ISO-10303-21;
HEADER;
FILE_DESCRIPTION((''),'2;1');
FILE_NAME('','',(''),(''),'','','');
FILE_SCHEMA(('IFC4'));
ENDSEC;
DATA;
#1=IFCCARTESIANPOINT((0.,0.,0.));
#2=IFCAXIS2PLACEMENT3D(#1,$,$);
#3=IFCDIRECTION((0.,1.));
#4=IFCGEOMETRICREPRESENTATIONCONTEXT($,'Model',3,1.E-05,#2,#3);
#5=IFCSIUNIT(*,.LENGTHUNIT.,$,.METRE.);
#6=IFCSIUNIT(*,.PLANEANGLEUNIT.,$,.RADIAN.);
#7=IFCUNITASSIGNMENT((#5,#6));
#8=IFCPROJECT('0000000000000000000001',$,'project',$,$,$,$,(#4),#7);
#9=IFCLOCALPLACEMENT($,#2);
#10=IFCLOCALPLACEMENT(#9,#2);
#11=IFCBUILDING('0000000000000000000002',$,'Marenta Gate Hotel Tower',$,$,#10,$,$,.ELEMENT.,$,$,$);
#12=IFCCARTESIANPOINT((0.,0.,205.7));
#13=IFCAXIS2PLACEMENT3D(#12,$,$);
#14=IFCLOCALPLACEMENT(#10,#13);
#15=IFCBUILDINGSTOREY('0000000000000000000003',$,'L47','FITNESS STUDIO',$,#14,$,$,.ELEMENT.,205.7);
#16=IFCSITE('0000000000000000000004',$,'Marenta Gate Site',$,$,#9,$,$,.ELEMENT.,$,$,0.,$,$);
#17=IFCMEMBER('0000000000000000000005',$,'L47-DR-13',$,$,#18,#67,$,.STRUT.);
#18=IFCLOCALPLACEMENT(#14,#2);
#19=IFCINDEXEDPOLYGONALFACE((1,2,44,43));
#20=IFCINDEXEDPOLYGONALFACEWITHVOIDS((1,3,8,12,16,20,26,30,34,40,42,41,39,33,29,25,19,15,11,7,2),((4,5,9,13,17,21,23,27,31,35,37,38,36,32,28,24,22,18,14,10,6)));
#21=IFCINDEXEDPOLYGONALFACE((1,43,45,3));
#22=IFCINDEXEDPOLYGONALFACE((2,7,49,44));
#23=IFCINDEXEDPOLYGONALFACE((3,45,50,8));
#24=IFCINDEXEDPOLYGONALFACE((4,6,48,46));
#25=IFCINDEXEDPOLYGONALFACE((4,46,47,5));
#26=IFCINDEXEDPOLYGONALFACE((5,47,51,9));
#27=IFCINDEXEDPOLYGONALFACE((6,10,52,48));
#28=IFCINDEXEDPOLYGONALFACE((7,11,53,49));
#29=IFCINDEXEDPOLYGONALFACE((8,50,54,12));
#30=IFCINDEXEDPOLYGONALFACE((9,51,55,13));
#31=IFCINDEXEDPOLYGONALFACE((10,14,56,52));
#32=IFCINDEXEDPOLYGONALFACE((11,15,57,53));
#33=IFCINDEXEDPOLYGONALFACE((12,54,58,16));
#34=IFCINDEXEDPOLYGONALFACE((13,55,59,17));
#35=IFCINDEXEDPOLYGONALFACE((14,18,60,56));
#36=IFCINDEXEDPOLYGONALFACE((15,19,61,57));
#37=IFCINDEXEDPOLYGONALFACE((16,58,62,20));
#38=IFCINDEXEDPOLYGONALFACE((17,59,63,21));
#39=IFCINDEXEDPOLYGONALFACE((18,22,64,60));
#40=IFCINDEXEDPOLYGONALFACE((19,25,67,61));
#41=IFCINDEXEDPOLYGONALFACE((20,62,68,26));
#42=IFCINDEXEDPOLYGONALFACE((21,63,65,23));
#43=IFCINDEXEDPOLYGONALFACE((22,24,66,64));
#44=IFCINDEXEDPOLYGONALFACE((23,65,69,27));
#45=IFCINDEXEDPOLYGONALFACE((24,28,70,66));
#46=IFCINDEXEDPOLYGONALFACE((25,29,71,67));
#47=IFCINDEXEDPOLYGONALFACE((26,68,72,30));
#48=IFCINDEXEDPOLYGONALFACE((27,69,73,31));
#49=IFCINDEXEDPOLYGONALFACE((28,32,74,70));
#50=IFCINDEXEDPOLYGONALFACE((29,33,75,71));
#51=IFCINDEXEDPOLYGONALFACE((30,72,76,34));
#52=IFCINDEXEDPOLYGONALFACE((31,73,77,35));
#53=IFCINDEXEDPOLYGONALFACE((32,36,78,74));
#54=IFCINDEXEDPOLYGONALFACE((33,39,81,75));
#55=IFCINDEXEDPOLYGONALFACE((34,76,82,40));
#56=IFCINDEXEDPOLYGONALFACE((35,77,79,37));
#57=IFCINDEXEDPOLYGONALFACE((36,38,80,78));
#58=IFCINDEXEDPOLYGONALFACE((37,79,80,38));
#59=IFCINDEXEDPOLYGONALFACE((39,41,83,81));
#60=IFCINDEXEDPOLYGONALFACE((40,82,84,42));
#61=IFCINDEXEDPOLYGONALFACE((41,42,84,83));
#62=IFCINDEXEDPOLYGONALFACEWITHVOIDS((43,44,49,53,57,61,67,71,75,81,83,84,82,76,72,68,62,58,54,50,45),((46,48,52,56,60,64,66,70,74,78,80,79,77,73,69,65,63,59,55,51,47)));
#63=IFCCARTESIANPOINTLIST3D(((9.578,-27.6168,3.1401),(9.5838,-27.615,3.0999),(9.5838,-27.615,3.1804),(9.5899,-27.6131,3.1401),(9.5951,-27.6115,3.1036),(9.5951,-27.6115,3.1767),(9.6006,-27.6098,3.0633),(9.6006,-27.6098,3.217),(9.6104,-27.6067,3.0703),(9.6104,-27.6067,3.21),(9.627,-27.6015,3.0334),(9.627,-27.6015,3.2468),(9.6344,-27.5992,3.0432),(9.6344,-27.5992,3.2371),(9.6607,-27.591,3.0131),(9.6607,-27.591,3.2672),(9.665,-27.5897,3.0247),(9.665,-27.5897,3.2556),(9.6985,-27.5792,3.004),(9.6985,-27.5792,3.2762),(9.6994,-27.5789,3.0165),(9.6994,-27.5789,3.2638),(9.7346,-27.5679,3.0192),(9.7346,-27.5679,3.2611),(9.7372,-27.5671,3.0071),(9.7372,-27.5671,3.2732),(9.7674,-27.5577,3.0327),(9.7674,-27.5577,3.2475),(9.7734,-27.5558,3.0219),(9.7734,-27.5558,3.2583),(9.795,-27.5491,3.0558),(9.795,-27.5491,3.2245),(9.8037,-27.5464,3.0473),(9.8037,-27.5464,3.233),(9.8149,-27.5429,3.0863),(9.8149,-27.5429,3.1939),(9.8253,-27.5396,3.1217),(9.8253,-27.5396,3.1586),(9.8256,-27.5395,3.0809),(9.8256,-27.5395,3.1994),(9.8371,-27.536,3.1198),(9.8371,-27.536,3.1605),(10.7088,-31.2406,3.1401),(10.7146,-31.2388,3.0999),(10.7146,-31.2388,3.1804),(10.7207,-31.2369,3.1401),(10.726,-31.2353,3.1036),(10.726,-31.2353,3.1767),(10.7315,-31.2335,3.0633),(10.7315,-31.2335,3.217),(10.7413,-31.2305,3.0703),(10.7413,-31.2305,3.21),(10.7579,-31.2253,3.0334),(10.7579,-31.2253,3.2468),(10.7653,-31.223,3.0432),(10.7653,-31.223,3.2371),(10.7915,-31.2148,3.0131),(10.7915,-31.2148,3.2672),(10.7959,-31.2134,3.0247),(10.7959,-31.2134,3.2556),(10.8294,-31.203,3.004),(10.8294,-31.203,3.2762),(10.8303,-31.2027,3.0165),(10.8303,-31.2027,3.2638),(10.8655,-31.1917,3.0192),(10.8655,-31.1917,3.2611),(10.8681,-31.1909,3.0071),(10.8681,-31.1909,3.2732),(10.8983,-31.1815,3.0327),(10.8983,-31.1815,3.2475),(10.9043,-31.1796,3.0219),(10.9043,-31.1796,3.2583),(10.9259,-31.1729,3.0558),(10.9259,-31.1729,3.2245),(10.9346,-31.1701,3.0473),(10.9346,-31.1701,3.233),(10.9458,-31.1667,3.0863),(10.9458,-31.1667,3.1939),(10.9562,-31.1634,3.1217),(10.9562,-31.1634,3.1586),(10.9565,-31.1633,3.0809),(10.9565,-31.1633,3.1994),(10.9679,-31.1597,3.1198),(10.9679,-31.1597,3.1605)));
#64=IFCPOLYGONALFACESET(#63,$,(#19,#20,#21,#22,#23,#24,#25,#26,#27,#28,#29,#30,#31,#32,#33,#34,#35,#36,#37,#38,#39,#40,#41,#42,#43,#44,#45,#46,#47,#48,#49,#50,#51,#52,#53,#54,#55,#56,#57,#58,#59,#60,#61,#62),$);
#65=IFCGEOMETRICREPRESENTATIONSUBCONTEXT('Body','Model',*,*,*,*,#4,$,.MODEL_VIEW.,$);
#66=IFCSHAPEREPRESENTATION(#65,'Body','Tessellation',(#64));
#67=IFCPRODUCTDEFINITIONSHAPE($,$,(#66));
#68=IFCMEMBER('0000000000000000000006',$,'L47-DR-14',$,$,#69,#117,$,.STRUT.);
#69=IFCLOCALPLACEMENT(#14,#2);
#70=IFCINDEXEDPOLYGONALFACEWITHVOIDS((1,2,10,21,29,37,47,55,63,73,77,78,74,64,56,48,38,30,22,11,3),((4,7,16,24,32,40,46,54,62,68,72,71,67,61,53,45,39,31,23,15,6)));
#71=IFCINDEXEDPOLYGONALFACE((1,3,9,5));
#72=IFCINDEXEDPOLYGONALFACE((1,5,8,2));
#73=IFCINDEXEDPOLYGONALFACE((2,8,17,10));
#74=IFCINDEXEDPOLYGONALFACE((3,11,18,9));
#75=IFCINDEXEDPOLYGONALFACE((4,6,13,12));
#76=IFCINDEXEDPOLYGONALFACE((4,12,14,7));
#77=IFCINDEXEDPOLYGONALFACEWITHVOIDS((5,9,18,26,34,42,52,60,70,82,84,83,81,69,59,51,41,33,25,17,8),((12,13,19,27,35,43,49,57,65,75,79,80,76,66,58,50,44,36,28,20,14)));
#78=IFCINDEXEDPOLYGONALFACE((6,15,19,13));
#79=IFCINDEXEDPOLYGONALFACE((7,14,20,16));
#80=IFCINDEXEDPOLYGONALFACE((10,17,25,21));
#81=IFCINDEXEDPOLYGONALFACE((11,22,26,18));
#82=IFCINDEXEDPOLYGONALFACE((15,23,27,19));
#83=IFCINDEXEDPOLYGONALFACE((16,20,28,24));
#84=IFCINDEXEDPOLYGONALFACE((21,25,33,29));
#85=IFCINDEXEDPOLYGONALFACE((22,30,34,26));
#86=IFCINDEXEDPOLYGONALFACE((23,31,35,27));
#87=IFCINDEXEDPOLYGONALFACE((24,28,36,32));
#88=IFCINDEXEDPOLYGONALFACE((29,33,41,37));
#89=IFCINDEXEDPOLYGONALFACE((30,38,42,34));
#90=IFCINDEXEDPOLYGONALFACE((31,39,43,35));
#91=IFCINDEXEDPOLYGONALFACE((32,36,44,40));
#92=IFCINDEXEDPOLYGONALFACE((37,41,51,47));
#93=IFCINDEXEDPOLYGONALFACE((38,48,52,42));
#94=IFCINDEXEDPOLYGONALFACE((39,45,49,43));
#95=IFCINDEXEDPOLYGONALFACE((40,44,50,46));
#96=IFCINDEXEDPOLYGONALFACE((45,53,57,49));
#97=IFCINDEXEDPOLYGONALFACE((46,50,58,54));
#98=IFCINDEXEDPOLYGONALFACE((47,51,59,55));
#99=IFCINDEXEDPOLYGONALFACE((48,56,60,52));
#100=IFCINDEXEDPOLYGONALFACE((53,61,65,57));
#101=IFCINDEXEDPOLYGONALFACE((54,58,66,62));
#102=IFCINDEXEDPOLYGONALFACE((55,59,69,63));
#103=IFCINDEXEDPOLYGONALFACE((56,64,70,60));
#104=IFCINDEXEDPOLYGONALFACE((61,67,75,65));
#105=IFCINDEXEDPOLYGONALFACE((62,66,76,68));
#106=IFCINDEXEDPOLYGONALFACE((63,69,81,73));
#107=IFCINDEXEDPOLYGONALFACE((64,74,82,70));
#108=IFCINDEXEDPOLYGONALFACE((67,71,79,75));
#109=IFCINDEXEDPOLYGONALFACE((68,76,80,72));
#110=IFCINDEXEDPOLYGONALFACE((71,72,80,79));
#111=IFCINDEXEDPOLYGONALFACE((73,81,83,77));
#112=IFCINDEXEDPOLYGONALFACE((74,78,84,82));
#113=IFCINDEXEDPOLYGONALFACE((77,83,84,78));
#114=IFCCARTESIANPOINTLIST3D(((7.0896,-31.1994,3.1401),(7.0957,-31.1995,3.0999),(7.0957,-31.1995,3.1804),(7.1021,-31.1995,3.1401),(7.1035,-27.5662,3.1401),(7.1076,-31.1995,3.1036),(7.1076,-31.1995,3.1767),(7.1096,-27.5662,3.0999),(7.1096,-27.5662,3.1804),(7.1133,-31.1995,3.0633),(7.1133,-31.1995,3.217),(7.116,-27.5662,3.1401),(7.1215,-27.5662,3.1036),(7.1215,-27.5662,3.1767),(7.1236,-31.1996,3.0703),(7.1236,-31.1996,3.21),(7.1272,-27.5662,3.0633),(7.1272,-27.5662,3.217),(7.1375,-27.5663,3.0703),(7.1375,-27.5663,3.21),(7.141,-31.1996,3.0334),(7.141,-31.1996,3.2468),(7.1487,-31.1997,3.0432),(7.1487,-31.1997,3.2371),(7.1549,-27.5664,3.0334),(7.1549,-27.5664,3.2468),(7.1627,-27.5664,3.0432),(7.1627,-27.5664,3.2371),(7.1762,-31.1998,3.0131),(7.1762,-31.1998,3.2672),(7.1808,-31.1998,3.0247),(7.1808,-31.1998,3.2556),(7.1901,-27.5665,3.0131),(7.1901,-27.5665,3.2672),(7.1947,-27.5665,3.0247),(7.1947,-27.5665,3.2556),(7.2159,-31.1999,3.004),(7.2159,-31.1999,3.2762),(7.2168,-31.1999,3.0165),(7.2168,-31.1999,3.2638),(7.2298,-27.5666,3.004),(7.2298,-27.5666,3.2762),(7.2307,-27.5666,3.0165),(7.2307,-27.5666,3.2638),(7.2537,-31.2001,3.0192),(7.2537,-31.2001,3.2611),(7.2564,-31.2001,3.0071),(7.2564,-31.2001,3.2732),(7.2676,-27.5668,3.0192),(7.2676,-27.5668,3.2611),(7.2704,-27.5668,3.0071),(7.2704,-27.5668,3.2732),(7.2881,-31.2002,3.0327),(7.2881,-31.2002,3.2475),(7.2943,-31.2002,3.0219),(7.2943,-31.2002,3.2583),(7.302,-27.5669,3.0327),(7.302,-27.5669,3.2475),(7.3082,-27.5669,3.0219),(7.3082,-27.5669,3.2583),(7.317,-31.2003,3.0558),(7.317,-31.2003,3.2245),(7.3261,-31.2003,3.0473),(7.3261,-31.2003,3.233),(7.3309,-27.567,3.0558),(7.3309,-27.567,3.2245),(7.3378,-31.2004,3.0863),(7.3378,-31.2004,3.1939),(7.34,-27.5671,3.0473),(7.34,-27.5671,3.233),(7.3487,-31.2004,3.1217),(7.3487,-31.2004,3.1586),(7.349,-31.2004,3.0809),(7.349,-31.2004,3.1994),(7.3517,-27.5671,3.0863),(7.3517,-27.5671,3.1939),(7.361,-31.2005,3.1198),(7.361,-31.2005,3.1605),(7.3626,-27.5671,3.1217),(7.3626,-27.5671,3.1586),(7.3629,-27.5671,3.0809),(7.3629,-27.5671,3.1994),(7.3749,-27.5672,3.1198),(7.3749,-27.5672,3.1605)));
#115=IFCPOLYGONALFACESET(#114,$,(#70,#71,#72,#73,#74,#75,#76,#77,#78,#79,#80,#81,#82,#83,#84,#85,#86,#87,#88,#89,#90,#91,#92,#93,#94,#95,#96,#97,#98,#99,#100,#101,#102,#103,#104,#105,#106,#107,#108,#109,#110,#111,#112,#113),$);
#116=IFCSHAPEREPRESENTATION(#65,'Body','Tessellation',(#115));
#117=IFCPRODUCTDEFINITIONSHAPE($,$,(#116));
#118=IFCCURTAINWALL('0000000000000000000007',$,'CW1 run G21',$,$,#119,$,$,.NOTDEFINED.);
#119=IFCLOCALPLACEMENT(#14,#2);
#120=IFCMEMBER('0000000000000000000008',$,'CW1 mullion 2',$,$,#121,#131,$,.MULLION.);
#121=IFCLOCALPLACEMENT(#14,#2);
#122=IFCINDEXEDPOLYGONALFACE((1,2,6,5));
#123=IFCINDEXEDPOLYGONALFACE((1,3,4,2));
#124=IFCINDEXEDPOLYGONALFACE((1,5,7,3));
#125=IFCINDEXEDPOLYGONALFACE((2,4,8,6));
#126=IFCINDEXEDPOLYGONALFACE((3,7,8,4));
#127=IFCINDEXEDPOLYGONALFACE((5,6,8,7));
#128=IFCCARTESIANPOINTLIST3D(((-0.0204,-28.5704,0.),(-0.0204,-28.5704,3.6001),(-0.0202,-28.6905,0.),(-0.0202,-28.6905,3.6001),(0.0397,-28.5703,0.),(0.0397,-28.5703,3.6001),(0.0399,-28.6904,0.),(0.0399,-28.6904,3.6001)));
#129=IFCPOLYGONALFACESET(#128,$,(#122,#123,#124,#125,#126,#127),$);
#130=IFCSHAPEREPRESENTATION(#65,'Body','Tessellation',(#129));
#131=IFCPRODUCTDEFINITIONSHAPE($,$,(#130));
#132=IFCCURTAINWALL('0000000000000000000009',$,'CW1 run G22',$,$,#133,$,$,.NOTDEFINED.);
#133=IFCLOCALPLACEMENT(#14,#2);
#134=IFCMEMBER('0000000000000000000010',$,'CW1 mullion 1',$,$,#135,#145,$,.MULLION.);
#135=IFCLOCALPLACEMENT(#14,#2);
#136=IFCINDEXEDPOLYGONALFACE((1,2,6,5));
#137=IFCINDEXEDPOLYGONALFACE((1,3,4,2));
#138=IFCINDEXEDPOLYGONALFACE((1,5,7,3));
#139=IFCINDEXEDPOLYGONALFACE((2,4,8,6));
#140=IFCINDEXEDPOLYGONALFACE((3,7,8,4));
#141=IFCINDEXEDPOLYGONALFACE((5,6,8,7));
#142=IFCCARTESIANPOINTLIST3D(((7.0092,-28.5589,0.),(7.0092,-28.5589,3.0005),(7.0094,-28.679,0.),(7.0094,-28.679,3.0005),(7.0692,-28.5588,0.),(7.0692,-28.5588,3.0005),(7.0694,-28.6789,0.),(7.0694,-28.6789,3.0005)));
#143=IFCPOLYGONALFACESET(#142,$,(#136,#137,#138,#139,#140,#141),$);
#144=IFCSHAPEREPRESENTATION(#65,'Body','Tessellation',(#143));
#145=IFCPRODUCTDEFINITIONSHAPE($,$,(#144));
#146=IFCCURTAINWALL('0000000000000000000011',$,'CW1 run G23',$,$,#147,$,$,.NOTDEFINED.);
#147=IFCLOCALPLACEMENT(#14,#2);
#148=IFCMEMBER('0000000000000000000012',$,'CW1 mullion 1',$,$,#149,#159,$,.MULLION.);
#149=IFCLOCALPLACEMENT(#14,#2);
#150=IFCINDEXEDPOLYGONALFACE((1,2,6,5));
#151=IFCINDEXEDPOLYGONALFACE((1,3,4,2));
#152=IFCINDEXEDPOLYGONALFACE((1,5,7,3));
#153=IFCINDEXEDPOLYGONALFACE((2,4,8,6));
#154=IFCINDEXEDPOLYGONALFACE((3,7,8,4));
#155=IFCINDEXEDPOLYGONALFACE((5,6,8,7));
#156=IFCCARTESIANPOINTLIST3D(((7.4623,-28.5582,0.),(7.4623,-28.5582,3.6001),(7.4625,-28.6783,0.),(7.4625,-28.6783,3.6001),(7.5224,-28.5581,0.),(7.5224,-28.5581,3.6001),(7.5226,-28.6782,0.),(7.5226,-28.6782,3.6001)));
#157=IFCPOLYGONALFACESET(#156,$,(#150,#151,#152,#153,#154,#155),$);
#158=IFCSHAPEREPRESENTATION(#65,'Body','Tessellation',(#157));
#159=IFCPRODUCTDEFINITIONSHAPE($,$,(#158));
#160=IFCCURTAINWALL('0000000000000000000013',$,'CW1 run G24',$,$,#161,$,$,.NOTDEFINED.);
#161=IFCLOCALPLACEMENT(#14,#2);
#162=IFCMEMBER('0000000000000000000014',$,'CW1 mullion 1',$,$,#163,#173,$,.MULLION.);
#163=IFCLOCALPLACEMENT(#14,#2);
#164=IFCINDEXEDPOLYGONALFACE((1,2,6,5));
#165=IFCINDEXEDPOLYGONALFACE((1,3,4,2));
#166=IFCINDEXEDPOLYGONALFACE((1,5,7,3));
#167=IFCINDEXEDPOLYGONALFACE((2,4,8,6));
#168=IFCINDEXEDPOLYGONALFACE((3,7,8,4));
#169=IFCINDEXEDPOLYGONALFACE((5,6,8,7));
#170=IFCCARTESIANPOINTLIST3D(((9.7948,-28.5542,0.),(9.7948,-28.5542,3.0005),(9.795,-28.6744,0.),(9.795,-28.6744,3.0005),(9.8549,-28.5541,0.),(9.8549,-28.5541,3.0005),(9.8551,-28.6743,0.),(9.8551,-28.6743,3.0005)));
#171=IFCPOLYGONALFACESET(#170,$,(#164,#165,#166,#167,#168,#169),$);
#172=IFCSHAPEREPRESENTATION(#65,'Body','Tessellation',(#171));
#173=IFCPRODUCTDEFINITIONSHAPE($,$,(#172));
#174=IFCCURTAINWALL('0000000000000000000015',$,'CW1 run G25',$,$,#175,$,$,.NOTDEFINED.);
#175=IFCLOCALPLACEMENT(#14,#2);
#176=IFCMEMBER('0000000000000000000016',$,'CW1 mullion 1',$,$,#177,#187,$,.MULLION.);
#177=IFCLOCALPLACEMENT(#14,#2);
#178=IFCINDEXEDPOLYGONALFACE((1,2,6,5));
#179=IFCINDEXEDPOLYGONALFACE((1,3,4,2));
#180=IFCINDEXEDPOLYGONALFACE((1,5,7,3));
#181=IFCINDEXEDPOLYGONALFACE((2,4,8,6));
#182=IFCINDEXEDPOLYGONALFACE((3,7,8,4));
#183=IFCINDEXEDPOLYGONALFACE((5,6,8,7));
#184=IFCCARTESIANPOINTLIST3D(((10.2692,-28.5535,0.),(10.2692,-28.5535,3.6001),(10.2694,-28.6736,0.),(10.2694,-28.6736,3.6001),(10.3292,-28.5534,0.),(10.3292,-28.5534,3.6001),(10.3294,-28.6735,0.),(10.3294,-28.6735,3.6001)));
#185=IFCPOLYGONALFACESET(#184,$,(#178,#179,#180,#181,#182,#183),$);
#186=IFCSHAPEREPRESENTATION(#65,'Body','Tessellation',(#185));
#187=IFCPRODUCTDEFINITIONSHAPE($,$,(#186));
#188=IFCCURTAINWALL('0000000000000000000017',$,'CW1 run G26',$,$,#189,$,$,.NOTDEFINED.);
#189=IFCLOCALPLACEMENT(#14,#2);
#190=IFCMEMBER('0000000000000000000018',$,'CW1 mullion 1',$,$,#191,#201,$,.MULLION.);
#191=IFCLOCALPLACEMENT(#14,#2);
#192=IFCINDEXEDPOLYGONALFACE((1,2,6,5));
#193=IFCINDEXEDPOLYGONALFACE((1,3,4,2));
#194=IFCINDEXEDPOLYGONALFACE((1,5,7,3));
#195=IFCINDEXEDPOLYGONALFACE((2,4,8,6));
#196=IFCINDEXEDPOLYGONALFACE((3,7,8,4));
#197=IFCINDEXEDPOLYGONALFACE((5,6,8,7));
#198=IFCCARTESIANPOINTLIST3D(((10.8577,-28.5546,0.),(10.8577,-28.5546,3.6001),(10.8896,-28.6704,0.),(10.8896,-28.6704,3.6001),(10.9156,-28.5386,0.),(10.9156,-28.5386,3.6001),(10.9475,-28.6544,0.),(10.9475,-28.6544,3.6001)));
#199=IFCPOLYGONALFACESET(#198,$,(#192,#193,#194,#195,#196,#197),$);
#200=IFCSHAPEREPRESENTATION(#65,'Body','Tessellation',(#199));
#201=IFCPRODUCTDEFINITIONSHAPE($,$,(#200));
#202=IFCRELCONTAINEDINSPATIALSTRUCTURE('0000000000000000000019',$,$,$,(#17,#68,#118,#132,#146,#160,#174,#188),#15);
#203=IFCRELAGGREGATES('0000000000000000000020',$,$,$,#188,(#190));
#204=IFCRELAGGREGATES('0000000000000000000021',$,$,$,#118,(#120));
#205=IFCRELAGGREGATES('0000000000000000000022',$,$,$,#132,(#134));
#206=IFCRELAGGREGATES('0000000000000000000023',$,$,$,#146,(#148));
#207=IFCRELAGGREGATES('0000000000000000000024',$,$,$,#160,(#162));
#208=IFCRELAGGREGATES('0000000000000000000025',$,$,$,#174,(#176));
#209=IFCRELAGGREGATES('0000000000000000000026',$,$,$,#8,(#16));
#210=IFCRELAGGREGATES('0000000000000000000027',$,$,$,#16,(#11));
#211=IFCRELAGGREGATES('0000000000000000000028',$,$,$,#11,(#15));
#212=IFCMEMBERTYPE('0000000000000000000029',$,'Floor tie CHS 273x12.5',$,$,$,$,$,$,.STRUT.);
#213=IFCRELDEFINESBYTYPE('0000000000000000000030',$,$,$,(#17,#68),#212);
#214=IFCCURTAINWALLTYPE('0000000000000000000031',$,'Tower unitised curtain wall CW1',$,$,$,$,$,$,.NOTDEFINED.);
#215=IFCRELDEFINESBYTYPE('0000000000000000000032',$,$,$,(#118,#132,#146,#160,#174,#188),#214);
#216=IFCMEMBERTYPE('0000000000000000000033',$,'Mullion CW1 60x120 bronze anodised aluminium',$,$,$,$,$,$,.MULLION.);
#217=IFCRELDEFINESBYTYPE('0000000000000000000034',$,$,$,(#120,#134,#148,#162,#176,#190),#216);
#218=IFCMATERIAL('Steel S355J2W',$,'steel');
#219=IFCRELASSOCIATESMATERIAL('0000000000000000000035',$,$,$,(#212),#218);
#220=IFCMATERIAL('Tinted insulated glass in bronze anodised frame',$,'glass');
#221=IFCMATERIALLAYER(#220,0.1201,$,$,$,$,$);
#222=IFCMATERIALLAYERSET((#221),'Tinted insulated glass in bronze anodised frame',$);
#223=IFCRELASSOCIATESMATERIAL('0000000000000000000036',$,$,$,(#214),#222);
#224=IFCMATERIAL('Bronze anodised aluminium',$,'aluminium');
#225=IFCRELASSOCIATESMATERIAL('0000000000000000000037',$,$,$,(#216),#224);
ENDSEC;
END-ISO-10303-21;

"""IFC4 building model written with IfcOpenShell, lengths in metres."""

from ifc_helpers import new_model, si_unit, direction, frame, origin, origin_2d, place, context, subcontext, project, spatial, rectangle, hollow_circle, extrude, material, layer, layer_set, material_profile, profile_set, type_object, element, aggregate, save


model = new_model("IFC4")

# Units and contexts
model_context = context("Model", 3, precision=1e-05, world=origin(), true_north=direction((0.0, 1.0)))
body_context = subcontext(model_context, "Body", "Model", "MODEL_VIEW")
ifc_project = project(units=[si_unit("LENGTHUNIT", "METRE"), si_unit("PLANEANGLEUNIT", "RADIAN")], contexts=[model_context])

# Site, building, storey
site_placement = place(None, origin())
site = spatial("IfcSite", under=ifc_project, at=site_placement, Name="Marenta Gate Site", CompositionType="ELEMENT", RefElevation=0.0)
building_placement = place(site_placement, origin())
building = spatial("IfcBuilding", under=site, at=building_placement, Name="Marenta Gate Hotel Tower", CompositionType="ELEMENT")
storey_placement = place(building_placement, frame((0.0, 0.0, 205.7)))
storey = spatial("IfcBuildingStorey", under=building, at=storey_placement, Name="L47", Description="FITNESS STUDIO", CompositionType="ELEMENT", Elevation=205.7)

# Members
ifc_material_1 = material(Name="Steel S355J2W", Category="steel")
ifc_material_profile_1 = material_profile(ifc_material_1, hollow_circle(Radius=0.1365, WallThickness=0.0125, at=origin_2d()), Name="CHS 273x12.5")
ifc_profile_set_1 = profile_set([ifc_material_profile_1], Name="Steel S355J2W")
member_type_1 = type_object("IfcMemberType", Name="Floor tie CHS 273x12.5", PredefinedType="STRUT", material=ifc_profile_set_1)
member_1_placement = place(storey_placement, frame((10.8391, -31.2, 3.1401), z_axis=(-0.297898, 0.954598, 0.0), x_axis=(-0.954598, -0.297898, 0.0)))
element("IfcMember", 1, at=member_1_placement, inside=storey, type_object=member_type_1, Name="L47-DR-13", PredefinedType="STRUT", context=body_context, shape_type="SweptSolid", body=[
    extrude(hollow_circle(Radius=0.1365, WallThickness=0.0125, at=origin_2d()), origin(), (0.0, 0.0, 1.0), 3.7961),
])
member_2_placement = place(storey_placement, frame((7.2261, -31.2, 3.1401), z_axis=(0.00383, 0.999993, 0.0), x_axis=(-0.999993, 0.00383, 0.0)))
element("IfcMember", 2, at=member_2_placement, inside=storey, type_object=member_type_1, Name="L47-DR-14", PredefinedType="STRUT", context=body_context, shape_type="SweptSolid", body=[
    extrude(hollow_circle(Radius=0.1365, WallThickness=0.0125, at=origin_2d()), origin(), (0.0, 0.0, 1.0), 3.6333),
])

# Curtain walls, members
ifc_material_2 = material(Name="Tinted insulated glass in bronze anodised frame", Category="glass")
ifc_layer_1 = layer(ifc_material_2, 0.1201)
ifc_layer_set_1 = layer_set([ifc_layer_1], Name="Tinted insulated glass in bronze anodised frame")
curtain_wall_type = type_object("IfcCurtainWallType", Name="Tower unitised curtain wall CW1", PredefinedType="NOTDEFINED", material=ifc_layer_set_1)
curtain_wall_1_placement = place(storey_placement, origin())
curtain_wall_1 = element("IfcCurtainWall", 3, at=curtain_wall_1_placement, inside=storey, type_object=curtain_wall_type, Name="CW1 run G21", PredefinedType="NOTDEFINED")
ifc_material_3 = material(Name="Bronze anodised aluminium", Category="aluminium")
ifc_material_profile_2 = material_profile(ifc_material_3, rectangle(XDim=0.1201, YDim=0.0601, at=origin_2d()), Name="Mullion CW1 60x120 bronze anodised aluminium")
ifc_profile_set_2 = profile_set([ifc_material_profile_2], Name="Bronze anodised aluminium")
member_type_2 = type_object("IfcMemberType", Name="Mullion CW1 60x120 bronze anodised aluminium", PredefinedType="MULLION", material=ifc_profile_set_2)
member_3_placement = place(storey_placement, frame((0.0098, -28.6304, 0.0), z_axis=(0.0, 0.0, 1.0), x_axis=(-0.001636, 0.999999, 0.0)))
member_3 = element("IfcMember", 4, at=member_3_placement, type_object=member_type_2, Name="CW1 mullion 2", PredefinedType="MULLION", context=body_context, shape_type="SweptSolid", body=[
    extrude(rectangle(XDim=0.1201, YDim=0.0601, at=origin_2d()), origin(), (0.0, 0.0, 1.0), 3.6001),
])
curtain_wall_2_placement = place(storey_placement, origin())
curtain_wall_2 = element("IfcCurtainWall", 5, at=curtain_wall_2_placement, inside=storey, type_object=curtain_wall_type, Name="CW1 run G22", PredefinedType="NOTDEFINED")
member_4_placement = place(storey_placement, frame((7.0393, -28.6189, 0.0), z_axis=(0.0, 0.0, 1.0), x_axis=(-0.001766, 0.999998, 0.0)))
member_4 = element("IfcMember", 6, at=member_4_placement, type_object=member_type_2, Name="CW1 mullion 1", PredefinedType="MULLION", context=body_context, shape_type="SweptSolid", body=[
    extrude(rectangle(XDim=0.1201, YDim=0.0601, at=origin_2d()), origin(), (0.0, 0.0, 1.0), 3.0005),
])
curtain_wall_3_placement = place(storey_placement, origin())
curtain_wall_3 = element("IfcCurtainWall", 7, at=curtain_wall_3_placement, inside=storey, type_object=curtain_wall_type, Name="CW1 run G23", PredefinedType="NOTDEFINED")
member_5_placement = place(storey_placement, frame((7.4924, -28.6182, 0.0), z_axis=(0.0, 0.0, 1.0), x_axis=(-0.001629, 0.999999, 0.0)))
member_5 = element("IfcMember", 8, at=member_5_placement, type_object=member_type_2, Name="CW1 mullion 1", PredefinedType="MULLION", context=body_context, shape_type="SweptSolid", body=[
    extrude(rectangle(XDim=0.1201, YDim=0.0601, at=origin_2d()), origin(), (0.0, 0.0, 1.0), 3.6001),
])
curtain_wall_4_placement = place(storey_placement, origin())
curtain_wall_4 = element("IfcCurtainWall", 9, at=curtain_wall_4_placement, inside=storey, type_object=curtain_wall_type, Name="CW1 run G24", PredefinedType="NOTDEFINED")
member_6_placement = place(storey_placement, frame((9.825, -28.6143, 0.0), z_axis=(0.0, 0.0, 1.0), x_axis=(-0.001687, 0.999999, 0.0)))
member_6 = element("IfcMember", 10, at=member_6_placement, type_object=member_type_2, Name="CW1 mullion 1", PredefinedType="MULLION", context=body_context, shape_type="SweptSolid", body=[
    extrude(rectangle(XDim=0.1201, YDim=0.0601, at=origin_2d()), origin(), (0.0, 0.0, 1.0), 3.0005),
])
curtain_wall_5_placement = place(storey_placement, origin())
curtain_wall_5 = element("IfcCurtainWall", 11, at=curtain_wall_5_placement, inside=storey, type_object=curtain_wall_type, Name="CW1 run G25", PredefinedType="NOTDEFINED")
member_7_placement = place(storey_placement, frame((10.2993, -28.6135, 0.0), z_axis=(0.0, 0.0, 1.0), x_axis=(-0.001654, 0.999999, 0.0)))
member_7 = element("IfcMember", 12, at=member_7_placement, type_object=member_type_2, Name="CW1 mullion 1", PredefinedType="MULLION", context=body_context, shape_type="SweptSolid", body=[
    extrude(rectangle(XDim=0.1201, YDim=0.0601, at=origin_2d()), origin(), (0.0, 0.0, 1.0), 3.6001),
])
curtain_wall_6_placement = place(storey_placement, origin())
curtain_wall_6 = element("IfcCurtainWall", 13, at=curtain_wall_6_placement, inside=storey, type_object=curtain_wall_type, Name="CW1 run G26", PredefinedType="NOTDEFINED")
member_8_placement = place(storey_placement, frame((10.9026, -28.6045, 0.0), z_axis=(0.0, 0.0, 1.0), x_axis=(-0.265294, 0.964168, 0.0)))
member_8 = element("IfcMember", 14, at=member_8_placement, type_object=member_type_2, Name="CW1 mullion 1", PredefinedType="MULLION", context=body_context, shape_type="SweptSolid", body=[
    extrude(rectangle(XDim=0.1201, YDim=0.0601, at=origin_2d()), origin(), (0.0, 0.0, 1.0), 3.6001),
])

aggregate(curtain_wall_6, [member_8])

aggregate(curtain_wall_1, [member_3])
aggregate(curtain_wall_2, [member_4])
aggregate(curtain_wall_3, [member_5])
aggregate(curtain_wall_4, [member_6])
aggregate(curtain_wall_5, [member_7])

save(model, "model.ifc")
